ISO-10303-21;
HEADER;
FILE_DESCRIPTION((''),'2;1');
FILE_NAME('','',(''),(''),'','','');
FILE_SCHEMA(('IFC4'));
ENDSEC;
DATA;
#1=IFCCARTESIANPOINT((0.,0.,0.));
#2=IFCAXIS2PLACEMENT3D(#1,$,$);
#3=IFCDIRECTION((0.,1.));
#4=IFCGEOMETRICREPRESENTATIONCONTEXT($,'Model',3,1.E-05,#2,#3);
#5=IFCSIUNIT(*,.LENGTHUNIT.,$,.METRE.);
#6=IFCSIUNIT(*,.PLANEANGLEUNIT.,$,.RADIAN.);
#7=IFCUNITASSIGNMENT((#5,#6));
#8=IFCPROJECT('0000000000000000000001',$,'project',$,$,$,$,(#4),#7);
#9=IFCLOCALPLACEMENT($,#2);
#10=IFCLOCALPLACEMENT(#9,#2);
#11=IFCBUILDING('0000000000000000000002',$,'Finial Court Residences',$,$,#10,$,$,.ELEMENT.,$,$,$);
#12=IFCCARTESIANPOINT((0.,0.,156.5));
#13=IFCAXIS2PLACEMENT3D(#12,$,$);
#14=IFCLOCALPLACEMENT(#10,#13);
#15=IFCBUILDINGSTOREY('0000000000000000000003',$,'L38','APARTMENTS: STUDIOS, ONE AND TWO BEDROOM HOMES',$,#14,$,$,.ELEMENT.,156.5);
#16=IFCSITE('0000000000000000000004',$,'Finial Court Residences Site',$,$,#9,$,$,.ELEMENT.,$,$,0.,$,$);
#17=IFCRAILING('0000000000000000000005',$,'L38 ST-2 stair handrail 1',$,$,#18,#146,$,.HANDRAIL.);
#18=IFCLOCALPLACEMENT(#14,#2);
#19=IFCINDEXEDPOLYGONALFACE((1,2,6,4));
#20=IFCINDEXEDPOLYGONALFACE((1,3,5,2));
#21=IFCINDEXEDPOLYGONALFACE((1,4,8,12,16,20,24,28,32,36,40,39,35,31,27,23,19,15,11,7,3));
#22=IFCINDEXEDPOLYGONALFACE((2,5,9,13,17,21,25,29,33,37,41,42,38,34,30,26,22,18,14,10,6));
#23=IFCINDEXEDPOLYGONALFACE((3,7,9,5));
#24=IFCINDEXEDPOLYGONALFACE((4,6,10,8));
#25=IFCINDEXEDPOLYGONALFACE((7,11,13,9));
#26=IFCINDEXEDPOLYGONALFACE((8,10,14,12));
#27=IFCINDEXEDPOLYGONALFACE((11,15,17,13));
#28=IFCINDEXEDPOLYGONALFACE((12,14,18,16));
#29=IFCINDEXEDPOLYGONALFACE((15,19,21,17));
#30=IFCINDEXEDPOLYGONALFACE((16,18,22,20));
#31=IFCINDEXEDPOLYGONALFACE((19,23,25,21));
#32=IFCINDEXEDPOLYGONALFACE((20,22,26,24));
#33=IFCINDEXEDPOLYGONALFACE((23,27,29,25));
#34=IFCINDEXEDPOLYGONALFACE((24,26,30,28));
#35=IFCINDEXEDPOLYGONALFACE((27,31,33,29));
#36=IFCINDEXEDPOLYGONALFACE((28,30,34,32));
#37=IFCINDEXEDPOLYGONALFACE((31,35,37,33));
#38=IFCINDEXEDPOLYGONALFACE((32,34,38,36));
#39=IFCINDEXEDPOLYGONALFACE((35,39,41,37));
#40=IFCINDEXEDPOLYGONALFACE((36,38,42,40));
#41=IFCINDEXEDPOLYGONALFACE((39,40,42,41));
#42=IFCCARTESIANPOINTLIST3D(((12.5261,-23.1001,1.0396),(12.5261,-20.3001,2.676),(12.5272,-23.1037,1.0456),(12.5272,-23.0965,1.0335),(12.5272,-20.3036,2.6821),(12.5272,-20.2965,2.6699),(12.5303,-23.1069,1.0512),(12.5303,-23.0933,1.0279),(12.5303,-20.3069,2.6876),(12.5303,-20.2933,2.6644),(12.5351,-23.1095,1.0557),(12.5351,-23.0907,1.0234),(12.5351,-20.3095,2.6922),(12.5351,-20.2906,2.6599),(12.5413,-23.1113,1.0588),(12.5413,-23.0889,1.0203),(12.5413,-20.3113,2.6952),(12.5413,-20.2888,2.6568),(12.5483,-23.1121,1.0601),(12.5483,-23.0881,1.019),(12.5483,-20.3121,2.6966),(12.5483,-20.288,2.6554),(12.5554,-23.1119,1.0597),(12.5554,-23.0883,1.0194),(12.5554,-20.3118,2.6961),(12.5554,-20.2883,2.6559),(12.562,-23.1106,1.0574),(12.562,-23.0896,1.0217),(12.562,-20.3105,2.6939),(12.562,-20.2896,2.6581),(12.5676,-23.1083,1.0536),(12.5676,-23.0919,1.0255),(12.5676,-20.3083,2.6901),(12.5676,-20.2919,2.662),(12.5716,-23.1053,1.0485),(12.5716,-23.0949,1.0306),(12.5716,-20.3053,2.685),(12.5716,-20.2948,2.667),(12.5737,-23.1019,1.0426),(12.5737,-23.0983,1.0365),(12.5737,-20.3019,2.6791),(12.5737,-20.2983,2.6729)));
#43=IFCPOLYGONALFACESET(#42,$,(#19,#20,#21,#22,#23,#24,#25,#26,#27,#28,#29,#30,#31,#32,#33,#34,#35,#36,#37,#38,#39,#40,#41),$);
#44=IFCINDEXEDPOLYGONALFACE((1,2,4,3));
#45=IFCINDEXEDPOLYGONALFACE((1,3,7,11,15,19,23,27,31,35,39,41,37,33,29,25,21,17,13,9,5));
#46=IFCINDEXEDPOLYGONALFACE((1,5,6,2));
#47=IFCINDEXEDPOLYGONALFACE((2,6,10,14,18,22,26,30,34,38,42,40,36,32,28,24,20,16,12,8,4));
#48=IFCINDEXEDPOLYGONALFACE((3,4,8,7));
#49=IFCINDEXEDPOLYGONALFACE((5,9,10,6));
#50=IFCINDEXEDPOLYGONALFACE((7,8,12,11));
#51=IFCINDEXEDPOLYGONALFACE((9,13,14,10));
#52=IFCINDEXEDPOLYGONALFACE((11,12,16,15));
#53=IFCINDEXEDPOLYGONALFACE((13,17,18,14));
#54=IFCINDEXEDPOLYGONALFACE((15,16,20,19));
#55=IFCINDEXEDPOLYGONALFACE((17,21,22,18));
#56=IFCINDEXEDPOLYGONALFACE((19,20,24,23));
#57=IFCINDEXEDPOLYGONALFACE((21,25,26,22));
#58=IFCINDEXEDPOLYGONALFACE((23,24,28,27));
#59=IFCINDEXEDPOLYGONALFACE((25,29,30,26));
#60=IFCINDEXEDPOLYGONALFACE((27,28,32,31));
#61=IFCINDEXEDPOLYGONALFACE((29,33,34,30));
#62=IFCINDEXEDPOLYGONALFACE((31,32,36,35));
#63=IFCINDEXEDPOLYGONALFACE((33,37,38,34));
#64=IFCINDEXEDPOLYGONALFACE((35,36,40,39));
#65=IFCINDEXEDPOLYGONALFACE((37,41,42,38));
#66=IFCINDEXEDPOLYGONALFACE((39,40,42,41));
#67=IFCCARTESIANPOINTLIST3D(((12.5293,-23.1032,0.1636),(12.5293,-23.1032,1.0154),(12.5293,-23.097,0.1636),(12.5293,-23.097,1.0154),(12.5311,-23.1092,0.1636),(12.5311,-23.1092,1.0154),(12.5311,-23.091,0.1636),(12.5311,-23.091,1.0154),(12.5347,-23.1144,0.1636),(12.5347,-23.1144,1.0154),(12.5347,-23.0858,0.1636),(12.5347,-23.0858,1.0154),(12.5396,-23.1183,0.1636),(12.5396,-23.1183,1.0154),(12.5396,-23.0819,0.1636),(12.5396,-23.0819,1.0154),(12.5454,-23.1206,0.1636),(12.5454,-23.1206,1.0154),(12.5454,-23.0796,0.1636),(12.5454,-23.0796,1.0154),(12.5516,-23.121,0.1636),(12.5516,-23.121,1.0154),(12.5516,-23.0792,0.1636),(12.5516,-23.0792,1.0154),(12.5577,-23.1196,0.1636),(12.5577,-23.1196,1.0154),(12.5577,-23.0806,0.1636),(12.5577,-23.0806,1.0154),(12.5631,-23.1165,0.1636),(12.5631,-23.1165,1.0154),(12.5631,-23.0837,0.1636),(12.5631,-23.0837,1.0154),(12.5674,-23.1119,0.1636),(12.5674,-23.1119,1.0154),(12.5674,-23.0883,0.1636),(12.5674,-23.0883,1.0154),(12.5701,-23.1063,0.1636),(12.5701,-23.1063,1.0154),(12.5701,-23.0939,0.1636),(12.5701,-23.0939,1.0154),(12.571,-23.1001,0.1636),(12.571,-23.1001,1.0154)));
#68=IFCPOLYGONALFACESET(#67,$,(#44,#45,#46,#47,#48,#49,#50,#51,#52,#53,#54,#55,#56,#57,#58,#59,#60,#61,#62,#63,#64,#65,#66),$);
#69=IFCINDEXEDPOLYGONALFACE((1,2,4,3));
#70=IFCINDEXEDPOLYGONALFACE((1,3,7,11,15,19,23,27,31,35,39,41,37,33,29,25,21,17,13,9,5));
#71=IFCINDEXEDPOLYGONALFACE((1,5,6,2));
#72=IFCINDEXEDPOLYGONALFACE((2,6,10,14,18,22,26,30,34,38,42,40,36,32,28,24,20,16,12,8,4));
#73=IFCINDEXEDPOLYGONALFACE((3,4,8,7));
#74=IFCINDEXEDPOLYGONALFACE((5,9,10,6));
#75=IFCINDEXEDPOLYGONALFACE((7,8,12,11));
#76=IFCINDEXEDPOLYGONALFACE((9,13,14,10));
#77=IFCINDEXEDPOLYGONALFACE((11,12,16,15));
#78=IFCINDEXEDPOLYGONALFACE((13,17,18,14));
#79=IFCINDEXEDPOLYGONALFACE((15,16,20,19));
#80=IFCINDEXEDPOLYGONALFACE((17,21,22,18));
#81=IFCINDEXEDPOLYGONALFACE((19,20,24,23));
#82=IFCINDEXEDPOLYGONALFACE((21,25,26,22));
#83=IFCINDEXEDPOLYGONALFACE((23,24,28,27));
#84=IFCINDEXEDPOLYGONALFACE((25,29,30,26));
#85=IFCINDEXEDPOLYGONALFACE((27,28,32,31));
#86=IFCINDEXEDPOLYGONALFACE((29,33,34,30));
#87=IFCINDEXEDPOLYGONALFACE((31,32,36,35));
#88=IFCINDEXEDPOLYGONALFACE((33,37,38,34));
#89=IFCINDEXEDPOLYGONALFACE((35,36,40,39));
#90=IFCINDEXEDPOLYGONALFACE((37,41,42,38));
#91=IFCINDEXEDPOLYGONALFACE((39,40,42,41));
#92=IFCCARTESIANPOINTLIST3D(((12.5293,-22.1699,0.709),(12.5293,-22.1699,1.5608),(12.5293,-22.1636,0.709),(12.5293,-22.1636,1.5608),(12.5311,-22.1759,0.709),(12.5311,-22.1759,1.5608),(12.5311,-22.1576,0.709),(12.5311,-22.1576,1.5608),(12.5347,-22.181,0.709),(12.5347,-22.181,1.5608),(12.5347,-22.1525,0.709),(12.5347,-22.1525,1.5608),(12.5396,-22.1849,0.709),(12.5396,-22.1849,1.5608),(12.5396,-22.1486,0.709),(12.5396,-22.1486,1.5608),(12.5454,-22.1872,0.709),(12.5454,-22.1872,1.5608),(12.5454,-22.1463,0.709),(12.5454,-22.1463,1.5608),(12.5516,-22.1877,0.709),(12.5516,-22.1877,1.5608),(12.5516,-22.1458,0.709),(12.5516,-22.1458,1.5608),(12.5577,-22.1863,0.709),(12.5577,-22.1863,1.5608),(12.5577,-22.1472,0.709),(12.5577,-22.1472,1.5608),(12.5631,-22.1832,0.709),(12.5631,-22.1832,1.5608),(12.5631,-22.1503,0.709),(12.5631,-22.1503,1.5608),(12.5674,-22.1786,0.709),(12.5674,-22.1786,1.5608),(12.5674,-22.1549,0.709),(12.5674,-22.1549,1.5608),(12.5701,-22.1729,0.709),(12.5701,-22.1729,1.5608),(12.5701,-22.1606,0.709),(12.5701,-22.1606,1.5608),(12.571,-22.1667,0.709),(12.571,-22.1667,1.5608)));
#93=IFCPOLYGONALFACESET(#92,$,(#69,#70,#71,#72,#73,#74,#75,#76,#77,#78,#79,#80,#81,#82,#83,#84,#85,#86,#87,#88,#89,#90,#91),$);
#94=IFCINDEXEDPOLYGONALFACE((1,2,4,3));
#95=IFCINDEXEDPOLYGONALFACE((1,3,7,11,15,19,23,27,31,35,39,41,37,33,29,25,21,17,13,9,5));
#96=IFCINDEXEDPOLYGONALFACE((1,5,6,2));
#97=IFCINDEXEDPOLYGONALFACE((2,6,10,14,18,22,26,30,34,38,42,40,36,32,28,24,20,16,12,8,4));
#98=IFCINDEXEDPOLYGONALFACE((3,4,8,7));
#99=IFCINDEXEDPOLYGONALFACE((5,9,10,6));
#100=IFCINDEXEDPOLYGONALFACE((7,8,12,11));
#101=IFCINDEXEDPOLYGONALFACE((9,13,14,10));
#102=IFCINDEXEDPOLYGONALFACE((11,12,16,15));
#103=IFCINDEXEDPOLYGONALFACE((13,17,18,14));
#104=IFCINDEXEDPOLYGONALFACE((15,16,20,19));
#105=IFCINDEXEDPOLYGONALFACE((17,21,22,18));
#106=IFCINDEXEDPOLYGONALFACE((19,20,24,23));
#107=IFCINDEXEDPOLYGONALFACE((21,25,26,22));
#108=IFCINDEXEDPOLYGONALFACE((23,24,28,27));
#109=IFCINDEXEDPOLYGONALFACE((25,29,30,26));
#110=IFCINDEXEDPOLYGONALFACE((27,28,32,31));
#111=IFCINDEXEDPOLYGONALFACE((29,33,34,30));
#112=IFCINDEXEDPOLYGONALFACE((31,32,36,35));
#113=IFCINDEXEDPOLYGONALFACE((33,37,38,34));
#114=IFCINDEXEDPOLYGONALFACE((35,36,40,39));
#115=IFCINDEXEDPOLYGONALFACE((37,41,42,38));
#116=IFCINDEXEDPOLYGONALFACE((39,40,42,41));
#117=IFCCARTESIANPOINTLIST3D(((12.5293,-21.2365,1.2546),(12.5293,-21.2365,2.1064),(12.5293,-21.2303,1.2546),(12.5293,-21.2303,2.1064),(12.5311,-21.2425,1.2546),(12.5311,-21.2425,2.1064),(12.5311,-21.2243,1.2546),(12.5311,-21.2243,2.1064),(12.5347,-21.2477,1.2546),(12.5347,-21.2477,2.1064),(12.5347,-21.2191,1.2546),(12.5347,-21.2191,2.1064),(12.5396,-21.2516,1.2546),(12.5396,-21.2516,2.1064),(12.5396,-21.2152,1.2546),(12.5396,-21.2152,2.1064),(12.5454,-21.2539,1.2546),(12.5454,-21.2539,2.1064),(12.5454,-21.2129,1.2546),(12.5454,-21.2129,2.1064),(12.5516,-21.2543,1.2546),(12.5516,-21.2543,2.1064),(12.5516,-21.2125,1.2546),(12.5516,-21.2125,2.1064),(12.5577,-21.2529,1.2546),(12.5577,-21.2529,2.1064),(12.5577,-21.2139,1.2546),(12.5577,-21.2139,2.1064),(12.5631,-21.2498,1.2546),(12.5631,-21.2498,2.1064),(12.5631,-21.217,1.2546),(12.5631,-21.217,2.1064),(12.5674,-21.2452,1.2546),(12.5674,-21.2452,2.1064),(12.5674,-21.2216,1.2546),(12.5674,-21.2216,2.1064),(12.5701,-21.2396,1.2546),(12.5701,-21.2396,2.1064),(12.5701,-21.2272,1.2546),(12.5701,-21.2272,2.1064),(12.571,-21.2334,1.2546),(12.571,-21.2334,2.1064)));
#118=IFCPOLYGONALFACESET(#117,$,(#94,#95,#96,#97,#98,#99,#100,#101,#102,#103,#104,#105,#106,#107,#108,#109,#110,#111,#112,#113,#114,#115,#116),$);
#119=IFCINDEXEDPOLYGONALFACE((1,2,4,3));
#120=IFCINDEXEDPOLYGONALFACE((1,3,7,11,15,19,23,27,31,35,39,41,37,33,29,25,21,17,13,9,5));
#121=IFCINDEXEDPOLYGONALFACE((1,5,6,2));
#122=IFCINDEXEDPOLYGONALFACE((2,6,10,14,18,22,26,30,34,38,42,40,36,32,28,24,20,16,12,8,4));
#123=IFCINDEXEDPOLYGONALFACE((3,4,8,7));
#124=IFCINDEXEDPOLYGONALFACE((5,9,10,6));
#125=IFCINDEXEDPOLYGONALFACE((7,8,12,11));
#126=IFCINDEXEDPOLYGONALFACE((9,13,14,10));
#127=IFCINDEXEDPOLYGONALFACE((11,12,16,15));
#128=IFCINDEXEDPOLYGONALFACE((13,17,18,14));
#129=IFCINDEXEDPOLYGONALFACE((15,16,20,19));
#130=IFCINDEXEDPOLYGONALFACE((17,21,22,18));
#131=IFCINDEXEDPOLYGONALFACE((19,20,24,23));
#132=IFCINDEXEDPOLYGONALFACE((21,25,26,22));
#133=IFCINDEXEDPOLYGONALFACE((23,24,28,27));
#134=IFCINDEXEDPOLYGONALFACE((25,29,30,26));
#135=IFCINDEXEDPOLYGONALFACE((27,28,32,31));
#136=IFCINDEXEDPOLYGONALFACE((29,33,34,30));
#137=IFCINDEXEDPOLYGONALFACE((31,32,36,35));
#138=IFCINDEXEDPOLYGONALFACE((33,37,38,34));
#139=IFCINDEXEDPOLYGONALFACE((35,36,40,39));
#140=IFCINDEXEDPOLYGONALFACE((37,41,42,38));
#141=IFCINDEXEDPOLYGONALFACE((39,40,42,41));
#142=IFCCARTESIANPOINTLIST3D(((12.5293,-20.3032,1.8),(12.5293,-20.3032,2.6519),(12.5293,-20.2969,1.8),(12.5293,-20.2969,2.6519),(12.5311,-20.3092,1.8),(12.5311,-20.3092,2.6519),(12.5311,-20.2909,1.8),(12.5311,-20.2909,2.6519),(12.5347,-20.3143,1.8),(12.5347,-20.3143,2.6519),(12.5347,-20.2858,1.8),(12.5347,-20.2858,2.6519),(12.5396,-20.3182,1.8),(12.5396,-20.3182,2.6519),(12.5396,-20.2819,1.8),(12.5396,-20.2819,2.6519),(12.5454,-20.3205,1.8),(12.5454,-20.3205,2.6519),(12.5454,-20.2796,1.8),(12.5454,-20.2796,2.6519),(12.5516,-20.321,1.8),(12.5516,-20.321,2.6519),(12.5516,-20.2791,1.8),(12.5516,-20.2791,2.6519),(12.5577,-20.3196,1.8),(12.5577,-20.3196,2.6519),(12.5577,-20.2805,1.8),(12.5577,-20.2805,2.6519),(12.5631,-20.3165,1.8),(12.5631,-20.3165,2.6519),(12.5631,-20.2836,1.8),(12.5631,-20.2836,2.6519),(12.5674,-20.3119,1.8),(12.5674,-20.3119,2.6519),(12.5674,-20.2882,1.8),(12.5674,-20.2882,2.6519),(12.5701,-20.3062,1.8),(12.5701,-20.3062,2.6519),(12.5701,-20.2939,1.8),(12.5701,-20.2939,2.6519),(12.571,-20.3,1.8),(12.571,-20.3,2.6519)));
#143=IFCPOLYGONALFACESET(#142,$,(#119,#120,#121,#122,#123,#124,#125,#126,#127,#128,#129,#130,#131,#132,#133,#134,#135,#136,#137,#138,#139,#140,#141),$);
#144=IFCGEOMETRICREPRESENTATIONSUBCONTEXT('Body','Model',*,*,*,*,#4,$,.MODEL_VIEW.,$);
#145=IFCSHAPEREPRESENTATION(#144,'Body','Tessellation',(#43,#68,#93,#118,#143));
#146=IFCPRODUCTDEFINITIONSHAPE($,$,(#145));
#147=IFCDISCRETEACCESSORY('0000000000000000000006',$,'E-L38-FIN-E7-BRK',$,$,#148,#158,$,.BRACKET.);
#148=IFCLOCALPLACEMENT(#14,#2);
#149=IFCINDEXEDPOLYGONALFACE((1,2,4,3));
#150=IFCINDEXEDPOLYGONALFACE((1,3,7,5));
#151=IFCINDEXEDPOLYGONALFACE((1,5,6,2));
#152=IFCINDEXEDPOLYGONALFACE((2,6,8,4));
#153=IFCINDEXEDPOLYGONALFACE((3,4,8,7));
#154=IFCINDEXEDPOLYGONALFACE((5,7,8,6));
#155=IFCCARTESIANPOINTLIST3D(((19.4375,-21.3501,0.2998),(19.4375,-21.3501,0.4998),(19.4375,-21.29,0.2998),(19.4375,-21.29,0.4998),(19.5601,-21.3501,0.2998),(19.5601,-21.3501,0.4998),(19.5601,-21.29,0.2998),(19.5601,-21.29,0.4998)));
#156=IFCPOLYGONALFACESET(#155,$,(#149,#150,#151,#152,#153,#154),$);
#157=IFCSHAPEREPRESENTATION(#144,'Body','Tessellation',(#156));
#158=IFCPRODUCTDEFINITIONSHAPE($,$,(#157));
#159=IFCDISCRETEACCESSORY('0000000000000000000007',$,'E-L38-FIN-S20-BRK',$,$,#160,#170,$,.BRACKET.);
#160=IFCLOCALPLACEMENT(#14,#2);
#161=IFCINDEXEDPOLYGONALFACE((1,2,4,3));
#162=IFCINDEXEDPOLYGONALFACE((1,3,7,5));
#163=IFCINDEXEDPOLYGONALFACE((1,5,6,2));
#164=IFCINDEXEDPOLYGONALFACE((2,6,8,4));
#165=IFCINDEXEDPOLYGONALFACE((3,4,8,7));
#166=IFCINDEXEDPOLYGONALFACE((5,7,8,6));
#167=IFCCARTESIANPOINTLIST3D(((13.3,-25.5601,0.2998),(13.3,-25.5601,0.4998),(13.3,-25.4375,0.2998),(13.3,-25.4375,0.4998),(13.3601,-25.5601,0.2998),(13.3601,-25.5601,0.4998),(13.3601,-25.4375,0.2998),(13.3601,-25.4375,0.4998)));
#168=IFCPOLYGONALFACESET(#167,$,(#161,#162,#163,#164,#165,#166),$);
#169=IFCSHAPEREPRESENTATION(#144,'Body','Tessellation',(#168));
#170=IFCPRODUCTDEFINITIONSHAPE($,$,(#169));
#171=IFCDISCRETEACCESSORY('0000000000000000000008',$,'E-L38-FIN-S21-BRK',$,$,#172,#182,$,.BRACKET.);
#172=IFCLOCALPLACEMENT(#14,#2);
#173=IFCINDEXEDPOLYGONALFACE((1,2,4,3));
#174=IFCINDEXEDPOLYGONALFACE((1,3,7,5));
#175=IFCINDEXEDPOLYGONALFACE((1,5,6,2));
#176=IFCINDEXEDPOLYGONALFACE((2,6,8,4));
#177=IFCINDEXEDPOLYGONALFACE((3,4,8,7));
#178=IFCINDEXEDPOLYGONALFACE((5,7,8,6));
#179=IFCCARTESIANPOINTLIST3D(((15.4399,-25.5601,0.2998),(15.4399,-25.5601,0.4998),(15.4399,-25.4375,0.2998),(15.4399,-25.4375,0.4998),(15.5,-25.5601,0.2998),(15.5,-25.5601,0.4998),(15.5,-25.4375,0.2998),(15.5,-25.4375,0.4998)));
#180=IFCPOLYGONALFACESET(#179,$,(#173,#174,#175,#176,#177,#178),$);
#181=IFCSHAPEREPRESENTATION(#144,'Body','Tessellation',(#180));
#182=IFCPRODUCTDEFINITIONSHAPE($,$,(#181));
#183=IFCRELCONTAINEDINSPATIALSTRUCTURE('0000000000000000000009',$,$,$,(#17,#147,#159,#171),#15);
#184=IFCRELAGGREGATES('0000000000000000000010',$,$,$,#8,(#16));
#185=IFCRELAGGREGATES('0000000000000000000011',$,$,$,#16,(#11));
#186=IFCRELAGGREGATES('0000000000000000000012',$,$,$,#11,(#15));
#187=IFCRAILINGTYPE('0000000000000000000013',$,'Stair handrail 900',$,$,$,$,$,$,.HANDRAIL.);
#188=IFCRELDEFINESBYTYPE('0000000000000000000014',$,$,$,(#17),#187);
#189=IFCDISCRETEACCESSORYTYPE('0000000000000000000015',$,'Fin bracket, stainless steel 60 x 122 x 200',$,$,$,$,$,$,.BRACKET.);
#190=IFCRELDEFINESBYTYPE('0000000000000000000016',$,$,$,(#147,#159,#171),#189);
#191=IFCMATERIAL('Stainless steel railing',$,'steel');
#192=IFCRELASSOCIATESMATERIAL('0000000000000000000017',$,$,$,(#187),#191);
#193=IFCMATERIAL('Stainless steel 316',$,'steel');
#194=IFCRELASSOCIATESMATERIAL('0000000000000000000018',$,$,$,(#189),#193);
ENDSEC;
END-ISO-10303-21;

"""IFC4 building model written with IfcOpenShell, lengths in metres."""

from ifc_helpers import new_model, si_unit, direction, frame, origin, origin_2d, place, context, subcontext, project, spatial, rectangle, circle, extrude, material, type_object, element, save


model = new_model("IFC4")

# Units and contexts
model_context = context("Model", 3, precision=1e-05, world=origin(), true_north=direction((0.0, 1.0)))
body_context = subcontext(model_context, "Body", "Model", "MODEL_VIEW")
ifc_project = project(units=[si_unit("LENGTHUNIT", "METRE"), si_unit("PLANEANGLEUNIT", "RADIAN")], contexts=[model_context])

# Site, building, storey
site_placement = place(None, origin())
site = spatial("IfcSite", under=ifc_project, at=site_placement, Name="Finial Court Residences Site", CompositionType="ELEMENT", RefElevation=0.0)
building_placement = place(site_placement, origin())
building = spatial("IfcBuilding", under=site, at=building_placement, Name="Finial Court Residences", CompositionType="ELEMENT")
storey_placement = place(building_placement, frame((0.0, 0.0, 156.5)))
storey = spatial("IfcBuildingStorey", under=building, at=storey_placement, Name="L38", Description="APARTMENTS: STUDIOS, ONE AND TWO BEDROOM HOMES", CompositionType="ELEMENT", Elevation=156.5)

# Railing
ifc_material_1 = material(Name="Stainless steel railing", Category="steel")
railing_type = type_object("IfcRailingType", Name="Stair handrail 900", PredefinedType="HANDRAIL", material=ifc_material_1)
railing_placement = place(storey_placement, frame((12.55, -23.1001, 0.1636)))
element("IfcRailing", 1, at=railing_placement, inside=storey, type_object=railing_type, Name="L38 ST-2 stair handrail 1", PredefinedType="HANDRAIL", context=body_context, shape_type="SweptSolid", body=[
    extrude(circle(Radius=0.0239, at=origin_2d()), frame((0.0, 0.0, 0.876), z_axis=(0.0, 0.863361, 0.504587), x_axis=(-1.0, 0.0, 0.0)), (0.0, 0.0, 1.0), 3.2432),
    extrude(circle(Radius=0.021, at=origin_2d()), origin(), (0.0, 0.0, 1.0), 0.8518),
    extrude(circle(Radius=0.021, at=origin_2d()), frame((0.0, 0.9333, 0.5454)), (0.0, 0.0, 1.0), 0.8518),
    extrude(circle(Radius=0.021, at=origin_2d()), frame((0.0, 1.8667, 1.0911)), (0.0, 0.0, 1.0), 0.8518),
    extrude(circle(Radius=0.021, at=origin_2d()), frame((0.0, 2.8, 1.6365)), (0.0, 0.0, 1.0), 0.8518),
])

# Discrete accessories
ifc_material_2 = material(Name="Stainless steel 316", Category="steel")
discrete_accessory_type = type_object("IfcDiscreteAccessoryType", Name="Fin bracket, stainless steel 60 x 122 x 200", PredefinedType="BRACKET", material=ifc_material_2)
discrete_accessory_placement = place(storey_placement, frame((19.4988, -21.3201, 0.2998), z_axis=(0.0, 0.0, 1.0), x_axis=(1.0, 0.0, 0.0)))
element("IfcDiscreteAccessory", 2, at=discrete_accessory_placement, inside=storey, type_object=discrete_accessory_type, Name="E-L38-FIN-E7-BRK", PredefinedType="BRACKET", context=body_context, shape_type="SweptSolid", body=[
    extrude(rectangle(XDim=0.1226, YDim=0.0601, at=origin_2d()), origin(), (0.0, 0.0, 1.0), 0.2),
])
for number, where, z_axis, x_axis, name in (
    (3, (13.3301, -25.4988, 0.2998), (0.0, 0.0, 1.0), (1.0, 0.0, 0.0), "E-L38-FIN-S20-BRK"),
    (4, (15.47, -25.4988, 0.2998), (0.0, 0.0, 1.0), (1.0, 0.0, 0.0), "E-L38-FIN-S21-BRK"),
):
    element("IfcDiscreteAccessory", number, at=place(storey_placement, frame(where, z_axis=z_axis, x_axis=x_axis)), inside=storey, type_object=discrete_accessory_type, Name=name, PredefinedType="BRACKET", context=body_context, shape_type="SweptSolid", body=[
        extrude(rectangle(XDim=0.0601, YDim=0.1226, at=origin_2d()), origin(), (0.0, 0.0, 1.0), 0.2),
    ])

save(model, "model.ifc")
